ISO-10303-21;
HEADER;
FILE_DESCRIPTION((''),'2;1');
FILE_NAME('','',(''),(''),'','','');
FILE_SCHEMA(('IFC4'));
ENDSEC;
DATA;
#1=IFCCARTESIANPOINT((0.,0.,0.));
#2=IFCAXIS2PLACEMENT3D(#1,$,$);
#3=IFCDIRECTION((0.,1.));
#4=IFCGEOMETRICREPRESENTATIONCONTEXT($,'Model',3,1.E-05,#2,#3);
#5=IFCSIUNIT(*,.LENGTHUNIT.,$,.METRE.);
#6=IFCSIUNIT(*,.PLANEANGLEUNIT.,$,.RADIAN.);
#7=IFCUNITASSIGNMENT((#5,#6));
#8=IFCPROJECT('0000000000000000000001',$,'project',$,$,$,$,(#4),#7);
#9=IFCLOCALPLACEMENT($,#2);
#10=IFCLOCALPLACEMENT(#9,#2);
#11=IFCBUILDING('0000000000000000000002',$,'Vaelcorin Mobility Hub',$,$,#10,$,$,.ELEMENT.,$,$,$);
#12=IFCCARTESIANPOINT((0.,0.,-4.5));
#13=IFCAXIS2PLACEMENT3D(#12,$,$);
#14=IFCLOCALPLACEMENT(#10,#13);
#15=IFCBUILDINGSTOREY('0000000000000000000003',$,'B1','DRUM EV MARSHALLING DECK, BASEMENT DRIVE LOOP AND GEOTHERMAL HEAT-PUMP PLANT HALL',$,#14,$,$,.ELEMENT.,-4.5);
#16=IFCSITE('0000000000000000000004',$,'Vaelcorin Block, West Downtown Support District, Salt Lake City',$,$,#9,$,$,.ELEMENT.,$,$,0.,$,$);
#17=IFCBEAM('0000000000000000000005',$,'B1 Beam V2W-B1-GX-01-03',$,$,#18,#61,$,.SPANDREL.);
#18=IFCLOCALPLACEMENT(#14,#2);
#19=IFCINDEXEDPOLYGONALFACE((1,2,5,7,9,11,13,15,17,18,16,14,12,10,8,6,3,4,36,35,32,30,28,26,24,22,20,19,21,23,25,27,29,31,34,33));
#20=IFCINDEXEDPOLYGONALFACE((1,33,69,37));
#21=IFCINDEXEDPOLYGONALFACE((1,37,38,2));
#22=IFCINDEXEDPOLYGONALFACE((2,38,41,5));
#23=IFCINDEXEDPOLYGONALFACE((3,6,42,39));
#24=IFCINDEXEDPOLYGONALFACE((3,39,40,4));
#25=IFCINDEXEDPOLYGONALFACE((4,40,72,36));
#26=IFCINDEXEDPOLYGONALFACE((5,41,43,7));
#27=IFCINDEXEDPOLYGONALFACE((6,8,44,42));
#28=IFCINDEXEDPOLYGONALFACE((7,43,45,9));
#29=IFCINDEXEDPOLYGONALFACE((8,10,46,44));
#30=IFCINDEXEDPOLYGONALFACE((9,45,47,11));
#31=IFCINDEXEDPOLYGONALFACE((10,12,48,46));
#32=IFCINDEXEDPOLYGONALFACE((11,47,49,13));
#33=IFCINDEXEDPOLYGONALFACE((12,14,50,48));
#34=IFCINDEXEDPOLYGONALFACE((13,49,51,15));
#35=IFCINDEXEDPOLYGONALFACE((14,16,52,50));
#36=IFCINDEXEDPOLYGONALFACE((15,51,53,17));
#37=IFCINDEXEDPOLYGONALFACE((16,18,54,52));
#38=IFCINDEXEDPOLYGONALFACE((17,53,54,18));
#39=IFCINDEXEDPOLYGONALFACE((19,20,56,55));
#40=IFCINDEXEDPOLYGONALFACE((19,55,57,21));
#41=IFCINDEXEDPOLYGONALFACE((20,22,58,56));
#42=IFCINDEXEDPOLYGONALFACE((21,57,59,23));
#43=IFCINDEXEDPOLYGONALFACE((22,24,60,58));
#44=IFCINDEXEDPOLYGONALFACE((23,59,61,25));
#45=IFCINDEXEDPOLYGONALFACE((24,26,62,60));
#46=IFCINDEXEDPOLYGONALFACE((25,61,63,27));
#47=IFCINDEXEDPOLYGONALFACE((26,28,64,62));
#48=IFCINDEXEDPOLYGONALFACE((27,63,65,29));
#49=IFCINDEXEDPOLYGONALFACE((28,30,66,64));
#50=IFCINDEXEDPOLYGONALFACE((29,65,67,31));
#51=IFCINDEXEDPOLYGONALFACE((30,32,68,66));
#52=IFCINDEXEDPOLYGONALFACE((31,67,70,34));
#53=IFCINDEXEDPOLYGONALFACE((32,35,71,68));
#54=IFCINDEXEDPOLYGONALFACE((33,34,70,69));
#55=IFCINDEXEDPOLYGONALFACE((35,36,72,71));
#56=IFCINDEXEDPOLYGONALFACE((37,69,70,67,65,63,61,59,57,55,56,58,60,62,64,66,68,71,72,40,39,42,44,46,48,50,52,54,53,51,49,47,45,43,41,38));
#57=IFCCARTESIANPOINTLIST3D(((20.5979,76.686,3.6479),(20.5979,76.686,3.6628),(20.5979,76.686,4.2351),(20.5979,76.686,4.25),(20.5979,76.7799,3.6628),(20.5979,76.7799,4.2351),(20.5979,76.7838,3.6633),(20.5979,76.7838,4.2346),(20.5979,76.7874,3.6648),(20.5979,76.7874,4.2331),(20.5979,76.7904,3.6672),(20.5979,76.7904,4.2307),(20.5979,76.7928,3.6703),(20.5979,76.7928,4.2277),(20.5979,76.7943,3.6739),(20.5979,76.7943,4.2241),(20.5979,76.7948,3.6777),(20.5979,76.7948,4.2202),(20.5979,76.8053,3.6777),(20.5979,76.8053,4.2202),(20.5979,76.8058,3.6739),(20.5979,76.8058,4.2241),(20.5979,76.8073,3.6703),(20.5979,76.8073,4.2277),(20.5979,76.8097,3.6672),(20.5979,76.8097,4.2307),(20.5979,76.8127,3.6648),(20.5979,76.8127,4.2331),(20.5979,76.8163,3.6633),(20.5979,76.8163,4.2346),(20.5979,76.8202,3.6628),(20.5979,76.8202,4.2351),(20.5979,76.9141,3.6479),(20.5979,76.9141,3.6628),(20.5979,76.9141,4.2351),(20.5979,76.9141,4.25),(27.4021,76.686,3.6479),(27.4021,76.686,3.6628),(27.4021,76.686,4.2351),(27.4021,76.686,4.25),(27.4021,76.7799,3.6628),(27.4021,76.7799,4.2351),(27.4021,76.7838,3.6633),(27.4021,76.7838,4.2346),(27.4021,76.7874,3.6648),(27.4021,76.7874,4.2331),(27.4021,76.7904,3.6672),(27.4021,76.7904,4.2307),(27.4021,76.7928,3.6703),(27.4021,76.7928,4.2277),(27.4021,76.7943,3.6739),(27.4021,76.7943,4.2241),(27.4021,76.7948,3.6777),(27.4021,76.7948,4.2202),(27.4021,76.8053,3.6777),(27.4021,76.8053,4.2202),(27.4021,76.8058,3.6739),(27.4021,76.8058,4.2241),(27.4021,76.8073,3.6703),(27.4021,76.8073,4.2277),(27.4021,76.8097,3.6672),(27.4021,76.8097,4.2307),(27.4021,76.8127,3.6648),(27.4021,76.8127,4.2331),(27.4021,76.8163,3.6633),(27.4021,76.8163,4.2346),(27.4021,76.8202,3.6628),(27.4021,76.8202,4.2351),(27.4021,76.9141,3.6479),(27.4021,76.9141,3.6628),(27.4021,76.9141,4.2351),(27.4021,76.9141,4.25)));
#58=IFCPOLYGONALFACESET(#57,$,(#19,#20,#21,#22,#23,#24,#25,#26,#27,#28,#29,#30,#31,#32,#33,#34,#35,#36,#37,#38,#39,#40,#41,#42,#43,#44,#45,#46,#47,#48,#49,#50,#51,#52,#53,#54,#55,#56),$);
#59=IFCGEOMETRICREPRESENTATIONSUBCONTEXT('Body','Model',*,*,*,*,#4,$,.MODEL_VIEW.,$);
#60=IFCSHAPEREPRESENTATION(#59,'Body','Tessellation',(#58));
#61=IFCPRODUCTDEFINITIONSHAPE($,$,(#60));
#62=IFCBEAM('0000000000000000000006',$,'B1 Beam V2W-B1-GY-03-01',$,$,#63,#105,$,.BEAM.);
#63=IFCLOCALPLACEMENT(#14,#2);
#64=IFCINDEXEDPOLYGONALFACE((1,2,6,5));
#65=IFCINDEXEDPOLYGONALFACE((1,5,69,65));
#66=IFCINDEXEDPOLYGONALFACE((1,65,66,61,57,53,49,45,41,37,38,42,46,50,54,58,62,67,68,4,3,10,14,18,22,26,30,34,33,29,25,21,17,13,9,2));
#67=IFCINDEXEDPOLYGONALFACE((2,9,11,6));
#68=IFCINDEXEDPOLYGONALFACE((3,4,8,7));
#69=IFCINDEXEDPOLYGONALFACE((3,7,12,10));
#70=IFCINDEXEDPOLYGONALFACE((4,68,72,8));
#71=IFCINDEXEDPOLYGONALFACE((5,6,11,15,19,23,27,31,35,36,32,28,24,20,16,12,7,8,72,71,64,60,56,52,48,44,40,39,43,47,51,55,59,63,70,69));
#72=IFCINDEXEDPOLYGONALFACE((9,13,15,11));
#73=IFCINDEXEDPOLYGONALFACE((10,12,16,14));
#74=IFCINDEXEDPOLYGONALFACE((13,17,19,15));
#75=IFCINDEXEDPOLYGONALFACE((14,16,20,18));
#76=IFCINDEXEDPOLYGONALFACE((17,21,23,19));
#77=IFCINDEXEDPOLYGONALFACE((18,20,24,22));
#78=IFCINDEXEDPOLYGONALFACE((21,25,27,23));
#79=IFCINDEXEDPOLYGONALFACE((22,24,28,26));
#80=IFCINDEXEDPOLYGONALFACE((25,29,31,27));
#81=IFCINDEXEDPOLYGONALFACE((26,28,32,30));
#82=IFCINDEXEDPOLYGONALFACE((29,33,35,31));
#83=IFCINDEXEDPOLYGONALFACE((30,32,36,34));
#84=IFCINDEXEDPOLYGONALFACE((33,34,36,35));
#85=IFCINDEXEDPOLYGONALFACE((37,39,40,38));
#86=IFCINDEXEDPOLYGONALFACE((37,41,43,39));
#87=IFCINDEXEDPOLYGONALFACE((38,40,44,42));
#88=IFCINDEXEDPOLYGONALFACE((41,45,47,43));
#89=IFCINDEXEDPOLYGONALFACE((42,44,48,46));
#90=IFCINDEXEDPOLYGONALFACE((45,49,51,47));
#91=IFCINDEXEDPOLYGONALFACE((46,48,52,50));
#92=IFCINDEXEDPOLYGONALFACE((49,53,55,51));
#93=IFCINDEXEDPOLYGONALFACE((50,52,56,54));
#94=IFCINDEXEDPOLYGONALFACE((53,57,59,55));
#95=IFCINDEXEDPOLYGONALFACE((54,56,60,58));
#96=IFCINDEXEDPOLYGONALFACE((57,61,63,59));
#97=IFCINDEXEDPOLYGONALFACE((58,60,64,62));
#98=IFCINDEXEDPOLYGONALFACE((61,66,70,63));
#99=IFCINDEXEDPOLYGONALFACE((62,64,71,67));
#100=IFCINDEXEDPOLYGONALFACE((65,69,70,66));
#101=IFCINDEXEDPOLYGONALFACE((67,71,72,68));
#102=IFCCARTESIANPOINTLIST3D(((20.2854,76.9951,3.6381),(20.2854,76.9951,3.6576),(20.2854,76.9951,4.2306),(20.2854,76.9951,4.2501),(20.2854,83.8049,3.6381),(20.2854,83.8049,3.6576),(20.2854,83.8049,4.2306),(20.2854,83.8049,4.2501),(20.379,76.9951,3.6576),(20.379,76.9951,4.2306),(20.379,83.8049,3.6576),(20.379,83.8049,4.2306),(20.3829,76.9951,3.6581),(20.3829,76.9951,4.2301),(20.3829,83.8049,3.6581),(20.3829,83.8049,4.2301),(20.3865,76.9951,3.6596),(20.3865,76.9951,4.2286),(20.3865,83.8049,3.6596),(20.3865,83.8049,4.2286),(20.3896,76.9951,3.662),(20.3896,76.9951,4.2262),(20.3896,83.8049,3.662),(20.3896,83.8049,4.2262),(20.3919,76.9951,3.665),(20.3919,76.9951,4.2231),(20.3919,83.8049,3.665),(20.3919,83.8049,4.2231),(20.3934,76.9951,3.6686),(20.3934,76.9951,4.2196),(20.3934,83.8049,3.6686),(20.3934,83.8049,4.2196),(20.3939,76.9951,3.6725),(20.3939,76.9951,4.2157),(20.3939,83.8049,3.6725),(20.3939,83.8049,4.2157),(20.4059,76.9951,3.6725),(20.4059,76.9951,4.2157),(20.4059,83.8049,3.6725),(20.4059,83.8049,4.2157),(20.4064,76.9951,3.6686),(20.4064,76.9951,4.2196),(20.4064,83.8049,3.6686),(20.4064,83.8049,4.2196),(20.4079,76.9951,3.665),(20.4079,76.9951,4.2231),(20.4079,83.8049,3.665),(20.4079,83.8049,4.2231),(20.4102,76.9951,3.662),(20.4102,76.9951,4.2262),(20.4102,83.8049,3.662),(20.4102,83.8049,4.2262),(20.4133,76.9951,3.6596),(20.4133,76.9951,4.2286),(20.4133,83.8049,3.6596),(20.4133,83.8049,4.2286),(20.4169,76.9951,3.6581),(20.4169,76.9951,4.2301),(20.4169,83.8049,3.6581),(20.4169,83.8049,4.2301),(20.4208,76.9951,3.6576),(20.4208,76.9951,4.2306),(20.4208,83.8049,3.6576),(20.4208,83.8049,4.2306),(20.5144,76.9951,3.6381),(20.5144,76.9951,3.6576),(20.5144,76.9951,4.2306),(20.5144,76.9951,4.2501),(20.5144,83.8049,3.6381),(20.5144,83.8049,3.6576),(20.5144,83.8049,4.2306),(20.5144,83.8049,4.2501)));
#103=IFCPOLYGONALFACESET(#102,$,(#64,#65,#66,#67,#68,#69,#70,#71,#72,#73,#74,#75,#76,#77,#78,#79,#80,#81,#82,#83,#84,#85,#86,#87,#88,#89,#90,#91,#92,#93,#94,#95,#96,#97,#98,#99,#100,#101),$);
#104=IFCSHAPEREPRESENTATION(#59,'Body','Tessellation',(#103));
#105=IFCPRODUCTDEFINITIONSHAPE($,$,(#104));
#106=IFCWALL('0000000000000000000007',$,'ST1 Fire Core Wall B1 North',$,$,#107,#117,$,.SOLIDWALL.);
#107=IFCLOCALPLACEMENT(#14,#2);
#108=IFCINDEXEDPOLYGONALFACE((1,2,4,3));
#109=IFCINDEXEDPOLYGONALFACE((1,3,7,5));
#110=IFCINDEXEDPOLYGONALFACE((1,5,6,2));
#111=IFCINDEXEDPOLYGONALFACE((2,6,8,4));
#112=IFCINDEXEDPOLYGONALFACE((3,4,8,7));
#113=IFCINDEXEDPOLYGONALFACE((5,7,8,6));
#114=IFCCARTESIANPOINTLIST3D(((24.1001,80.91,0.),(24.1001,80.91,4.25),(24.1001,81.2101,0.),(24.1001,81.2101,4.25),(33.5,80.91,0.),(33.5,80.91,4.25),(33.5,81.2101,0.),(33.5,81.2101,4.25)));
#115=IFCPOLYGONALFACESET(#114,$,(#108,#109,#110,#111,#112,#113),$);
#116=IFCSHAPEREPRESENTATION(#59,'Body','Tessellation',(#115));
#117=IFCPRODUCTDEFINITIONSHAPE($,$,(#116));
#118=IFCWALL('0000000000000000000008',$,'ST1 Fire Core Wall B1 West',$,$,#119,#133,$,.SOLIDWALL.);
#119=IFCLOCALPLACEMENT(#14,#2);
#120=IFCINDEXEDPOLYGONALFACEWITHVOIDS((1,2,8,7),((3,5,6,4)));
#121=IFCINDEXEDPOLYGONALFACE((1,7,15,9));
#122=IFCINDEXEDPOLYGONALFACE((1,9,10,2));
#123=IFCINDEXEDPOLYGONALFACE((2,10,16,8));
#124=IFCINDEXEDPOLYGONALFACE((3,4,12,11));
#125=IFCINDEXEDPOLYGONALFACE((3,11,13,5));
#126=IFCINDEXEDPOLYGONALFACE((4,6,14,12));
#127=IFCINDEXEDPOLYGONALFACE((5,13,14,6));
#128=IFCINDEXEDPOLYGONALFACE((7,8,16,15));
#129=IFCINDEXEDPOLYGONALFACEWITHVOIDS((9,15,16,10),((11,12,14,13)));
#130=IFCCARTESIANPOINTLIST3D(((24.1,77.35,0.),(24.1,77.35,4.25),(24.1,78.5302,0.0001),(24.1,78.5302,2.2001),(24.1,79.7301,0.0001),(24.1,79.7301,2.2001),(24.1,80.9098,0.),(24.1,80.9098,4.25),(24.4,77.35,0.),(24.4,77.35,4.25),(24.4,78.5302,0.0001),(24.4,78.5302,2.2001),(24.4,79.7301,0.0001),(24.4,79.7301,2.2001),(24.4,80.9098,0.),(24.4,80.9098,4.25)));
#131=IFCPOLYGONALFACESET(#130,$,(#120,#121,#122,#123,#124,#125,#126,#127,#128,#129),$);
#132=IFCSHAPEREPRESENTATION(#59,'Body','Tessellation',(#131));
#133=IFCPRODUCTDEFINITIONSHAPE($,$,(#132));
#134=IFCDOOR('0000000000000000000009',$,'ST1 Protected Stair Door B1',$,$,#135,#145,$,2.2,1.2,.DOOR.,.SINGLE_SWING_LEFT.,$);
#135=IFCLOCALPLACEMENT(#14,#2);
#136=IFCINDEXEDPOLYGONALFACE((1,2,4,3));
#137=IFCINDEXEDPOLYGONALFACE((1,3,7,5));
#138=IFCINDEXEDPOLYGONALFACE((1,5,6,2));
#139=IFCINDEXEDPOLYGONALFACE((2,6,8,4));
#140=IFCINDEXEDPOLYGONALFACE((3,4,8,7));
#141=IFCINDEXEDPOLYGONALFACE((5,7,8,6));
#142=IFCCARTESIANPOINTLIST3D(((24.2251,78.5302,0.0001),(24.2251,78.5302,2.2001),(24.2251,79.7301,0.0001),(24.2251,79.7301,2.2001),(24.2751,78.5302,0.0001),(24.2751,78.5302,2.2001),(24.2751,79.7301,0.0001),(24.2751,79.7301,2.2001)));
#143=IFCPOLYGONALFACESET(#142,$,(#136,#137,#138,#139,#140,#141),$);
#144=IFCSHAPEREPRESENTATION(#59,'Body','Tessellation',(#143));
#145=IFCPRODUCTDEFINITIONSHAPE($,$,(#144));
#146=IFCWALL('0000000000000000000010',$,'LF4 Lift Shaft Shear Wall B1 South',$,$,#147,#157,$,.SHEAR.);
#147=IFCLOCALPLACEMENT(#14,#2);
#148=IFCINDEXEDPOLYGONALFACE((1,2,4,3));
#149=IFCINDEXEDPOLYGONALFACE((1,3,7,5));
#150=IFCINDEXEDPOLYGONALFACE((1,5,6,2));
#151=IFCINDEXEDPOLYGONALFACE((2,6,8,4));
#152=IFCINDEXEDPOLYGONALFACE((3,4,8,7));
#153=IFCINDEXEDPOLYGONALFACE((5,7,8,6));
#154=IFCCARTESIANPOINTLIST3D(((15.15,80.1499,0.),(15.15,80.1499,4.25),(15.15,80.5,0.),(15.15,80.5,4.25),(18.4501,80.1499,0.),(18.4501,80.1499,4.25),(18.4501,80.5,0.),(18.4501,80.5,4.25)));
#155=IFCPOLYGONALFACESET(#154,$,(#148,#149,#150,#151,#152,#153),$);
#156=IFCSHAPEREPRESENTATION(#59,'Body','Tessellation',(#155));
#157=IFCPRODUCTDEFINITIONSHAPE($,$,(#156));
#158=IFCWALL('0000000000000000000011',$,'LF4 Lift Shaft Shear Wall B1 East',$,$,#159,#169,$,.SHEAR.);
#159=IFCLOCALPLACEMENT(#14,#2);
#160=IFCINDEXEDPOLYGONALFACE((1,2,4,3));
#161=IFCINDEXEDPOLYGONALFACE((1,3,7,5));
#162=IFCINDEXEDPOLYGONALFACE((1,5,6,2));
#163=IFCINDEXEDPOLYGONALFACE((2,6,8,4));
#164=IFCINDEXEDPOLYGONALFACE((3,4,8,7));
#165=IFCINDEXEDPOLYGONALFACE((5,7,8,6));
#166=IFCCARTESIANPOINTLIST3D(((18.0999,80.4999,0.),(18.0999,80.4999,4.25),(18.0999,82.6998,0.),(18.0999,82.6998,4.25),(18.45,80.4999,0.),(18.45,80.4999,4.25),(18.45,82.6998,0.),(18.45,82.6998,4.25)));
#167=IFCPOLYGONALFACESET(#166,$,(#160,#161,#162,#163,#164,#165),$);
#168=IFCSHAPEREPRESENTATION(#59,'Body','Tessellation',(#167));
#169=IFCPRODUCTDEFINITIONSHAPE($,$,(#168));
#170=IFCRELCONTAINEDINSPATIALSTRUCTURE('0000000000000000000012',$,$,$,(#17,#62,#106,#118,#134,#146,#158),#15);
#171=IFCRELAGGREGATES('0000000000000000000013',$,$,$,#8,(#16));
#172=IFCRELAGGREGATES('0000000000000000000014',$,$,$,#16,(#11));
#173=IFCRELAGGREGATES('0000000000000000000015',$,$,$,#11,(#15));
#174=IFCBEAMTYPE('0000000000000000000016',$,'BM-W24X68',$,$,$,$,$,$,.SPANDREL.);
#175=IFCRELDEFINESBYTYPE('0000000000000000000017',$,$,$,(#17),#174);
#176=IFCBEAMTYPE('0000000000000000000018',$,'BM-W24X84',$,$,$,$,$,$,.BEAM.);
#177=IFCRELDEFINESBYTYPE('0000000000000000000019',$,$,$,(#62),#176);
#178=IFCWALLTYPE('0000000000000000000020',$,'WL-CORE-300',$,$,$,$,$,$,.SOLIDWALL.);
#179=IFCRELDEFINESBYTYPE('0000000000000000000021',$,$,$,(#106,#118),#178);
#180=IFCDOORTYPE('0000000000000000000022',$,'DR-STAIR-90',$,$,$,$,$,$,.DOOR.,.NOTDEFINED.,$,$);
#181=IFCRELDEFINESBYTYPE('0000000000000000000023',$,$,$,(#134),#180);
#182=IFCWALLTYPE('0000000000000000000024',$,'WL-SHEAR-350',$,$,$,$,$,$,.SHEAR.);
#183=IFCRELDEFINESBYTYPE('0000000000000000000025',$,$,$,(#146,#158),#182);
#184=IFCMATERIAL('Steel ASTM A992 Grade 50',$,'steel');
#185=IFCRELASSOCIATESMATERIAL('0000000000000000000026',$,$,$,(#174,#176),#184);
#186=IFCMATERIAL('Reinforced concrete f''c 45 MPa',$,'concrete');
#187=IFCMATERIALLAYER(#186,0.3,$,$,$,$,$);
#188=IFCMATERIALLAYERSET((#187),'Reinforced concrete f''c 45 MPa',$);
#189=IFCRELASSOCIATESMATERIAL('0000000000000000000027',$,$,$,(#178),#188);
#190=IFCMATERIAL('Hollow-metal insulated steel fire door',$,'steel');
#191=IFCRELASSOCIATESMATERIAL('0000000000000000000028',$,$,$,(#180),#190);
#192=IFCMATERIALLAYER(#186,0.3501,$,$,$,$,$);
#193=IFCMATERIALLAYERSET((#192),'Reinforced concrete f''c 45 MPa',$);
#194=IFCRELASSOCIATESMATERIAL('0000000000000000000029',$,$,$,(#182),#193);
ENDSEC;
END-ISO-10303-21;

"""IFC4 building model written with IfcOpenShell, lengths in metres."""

from ifc_helpers import new_model, si_unit, direction, frame, frame_2d, origin, origin_2d, place, context, subcontext, project, spatial, rectangle, i_section, extrude, material, layer, layer_set, material_profile, profile_set, type_object, element, fill, save


model = new_model("IFC4")

# Units and contexts
model_context = context("Model", 3, precision=1e-05, world=origin(), true_north=direction((0.0, 1.0)))
body_context = subcontext(model_context, "Body", "Model", "MODEL_VIEW")
ifc_project = project(units=[si_unit("LENGTHUNIT", "METRE"), si_unit("PLANEANGLEUNIT", "RADIAN")], contexts=[model_context])

# Site, building, storey
site_placement = place(None, origin())
site = spatial("IfcSite", under=ifc_project, at=site_placement, Name="Vaelcorin Block, West Downtown Support District, Salt Lake City", CompositionType="ELEMENT", RefElevation=0.0)
building_placement = place(site_placement, origin())
building = spatial("IfcBuilding", under=site, at=building_placement, Name="Vaelcorin Mobility Hub", CompositionType="ELEMENT")
storey_placement = place(building_placement, frame((0.0, 0.0, -4.5)))
storey = spatial("IfcBuildingStorey", under=building, at=storey_placement, Name="B1", Description="DRUM EV MARSHALLING DECK, BASEMENT DRIVE LOOP AND GEOTHERMAL HEAT-PUMP PLANT HALL", CompositionType="ELEMENT", Elevation=-4.5)

# Shared definitions
ifc_material_1 = material(Name="Steel ASTM A992 Grade 50", Category="steel")

# Beams
ifc_material_profile_1 = material_profile(ifc_material_1, i_section(OverallWidth=0.228, OverallDepth=0.6021, WebThickness=0.0105, FlangeThickness=0.0149, FilletRadius=0.0149, at=origin_2d()), Name="W24X68")
ifc_profile_set_1 = profile_set([ifc_material_profile_1], Name="Steel ASTM A992 Grade 50")
beam_type_1 = type_object("IfcBeamType", Name="BM-W24X68", PredefinedType="SPANDREL", material=ifc_profile_set_1)
beam_1_placement = place(storey_placement, frame((20.5979, 76.8, 3.949), z_axis=(1.0, 0.0, 0.0), x_axis=(0.0, 1.0, 0.0)))
element("IfcBeam", 1, at=beam_1_placement, inside=storey, type_object=beam_type_1, Name="B1 Beam V2W-B1-GX-01-03", PredefinedType="SPANDREL", context=body_context, shape_type="SweptSolid", body=[
    extrude(i_section(OverallWidth=0.228, OverallDepth=0.6021, WebThickness=0.0105, FlangeThickness=0.0149, FilletRadius=0.0149, at=origin_2d()), origin(), (0.0, 0.0, 1.0), 6.8042),
])
ifc_material_profile_2 = material_profile(ifc_material_1, i_section(OverallWidth=0.229, OverallDepth=0.6121, WebThickness=0.012, FlangeThickness=0.0195, FilletRadius=0.0149, at=origin_2d()), Name="W24X84")
ifc_profile_set_2 = profile_set([ifc_material_profile_2], Name="Steel ASTM A992 Grade 50")
beam_type_2 = type_object("IfcBeamType", Name="BM-W24X84", PredefinedType="BEAM", material=ifc_profile_set_2)
beam_2_placement = place(storey_placement, frame((20.3999, 76.9951, 3.9441), z_axis=(0.0, 1.0, 0.0), x_axis=(-1.0, 0.0, 0.0)))
element("IfcBeam", 2, at=beam_2_placement, inside=storey, type_object=beam_type_2, Name="B1 Beam V2W-B1-GY-03-01", PredefinedType="BEAM", context=body_context, shape_type="SweptSolid", body=[
    extrude(i_section(OverallWidth=0.229, OverallDepth=0.6121, WebThickness=0.012, FlangeThickness=0.0195, FilletRadius=0.0149, at=origin_2d()), origin(), (0.0, 0.0, 1.0), 6.8098),
])

# Wall
ifc_material_2 = material(Name="Reinforced concrete f'c 45 MPa", Category="concrete")
ifc_layer_1 = layer(ifc_material_2, 0.3)
ifc_layer_set_1 = layer_set([ifc_layer_1], Name="Reinforced concrete f'c 45 MPa")
wall_type_1 = type_object("IfcWallType", Name="WL-CORE-300", PredefinedType="SOLIDWALL", material=ifc_layer_set_1)
wall_1_placement = place(storey_placement, frame((24.1001, 81.0601, 0.0), z_axis=(0.0, 0.0, 1.0), x_axis=(1.0, 0.0, 0.0)))
element("IfcWall", 3, at=wall_1_placement, inside=storey, type_object=wall_type_1, Name="ST1 Fire Core Wall B1 North", PredefinedType="SOLIDWALL", context=body_context, shape_type="SweptSolid", body=[
    extrude(rectangle(XDim=9.3999, YDim=0.3, at=frame_2d((4.7, 0.0))), origin(), (0.0, 0.0, 1.0), 4.25),
])

# Wall, opening, door
wall_2_placement = place(storey_placement, frame((24.25, 77.3501, 0.0), z_axis=(0.0, 0.0, 1.0), x_axis=(0.0, 1.0, 0.0)))
wall_2 = element("IfcWall", 4, at=wall_2_placement, inside=storey, type_object=wall_type_1, Name="ST1 Fire Core Wall B1 West", PredefinedType="SOLIDWALL", context=body_context, shape_type="SweptSolid", body=[
    extrude(rectangle(XDim=3.5598, YDim=0.3, at=frame_2d((1.7798, 0.0))), origin(), (0.0, 0.0, 1.0), 4.25),
])
opening_placement = place(wall_2_placement, frame((1.1799, 0.0, 0.0)))
opening = element("IfcOpeningElement", 5, at=opening_placement, cuts=wall_2, PredefinedType="OPENING", context=body_context, shape_type="SweptSolid", body=[
    extrude(rectangle(XDim=1.2, YDim=2.2, at=frame_2d((0.6001, 1.1001))), frame((0.0, 0.1599, 0.0), z_axis=(0.0, -1.0, 0.0), x_axis=(1.0, 0.0, 0.0)), (0.0, 0.0, 1.0), 0.3201),
])
ifc_material_3 = material(Name="Hollow-metal insulated steel fire door", Category="steel")
door_type = type_object("IfcDoorType", Name="DR-STAIR-90", OperationType="NOTDEFINED", PredefinedType="DOOR", material=ifc_material_3)
door_placement = place(opening_placement, origin())
door = element("IfcDoor", 6, at=door_placement, inside=storey, type_object=door_type, Name="ST1 Protected Stair Door B1", OperationType="SINGLE_SWING_LEFT", OverallHeight=2.2, OverallWidth=1.2, PredefinedType="DOOR", context=body_context, shape_type="SweptSolid", body=[
    extrude(rectangle(XDim=1.2, YDim=2.2, at=frame_2d((0.6001, 1.1001))), frame((0.0, 0.0249, 0.0), z_axis=(0.0, -1.0, 0.0), x_axis=(1.0, 0.0, 0.0)), (0.0, 0.0, 1.0), 0.05),
])
fill(opening, door)

# Walls
ifc_layer_2 = layer(ifc_material_2, 0.3501)
ifc_layer_set_2 = layer_set([ifc_layer_2], Name="Reinforced concrete f'c 45 MPa")
wall_type_2 = type_object("IfcWallType", Name="WL-SHEAR-350", PredefinedType="SHEAR", material=ifc_layer_set_2)
wall_3_placement = place(storey_placement, frame((18.45, 80.325, 0.0), z_axis=(0.0, 0.0, 1.0), x_axis=(-1.0, 0.0, 0.0)))
element("IfcWall", 7, at=wall_3_placement, inside=storey, type_object=wall_type_2, Name="LF4 Lift Shaft Shear Wall B1 South", PredefinedType="SHEAR", context=body_context, shape_type="SweptSolid", body=[
    extrude(rectangle(XDim=3.3, YDim=0.3501, at=frame_2d((1.6499, 0.0))), origin(), (0.0, 0.0, 1.0), 4.25),
])
wall_4_placement = place(storey_placement, frame((18.2749, 82.7, 0.0), z_axis=(0.0, 0.0, 1.0), x_axis=(0.0, -1.0, 0.0)))
element("IfcWall", 8, at=wall_4_placement, inside=storey, type_object=wall_type_2, Name="LF4 Lift Shaft Shear Wall B1 East", PredefinedType="SHEAR", context=body_context, shape_type="SweptSolid", body=[
    extrude(rectangle(XDim=2.2, YDim=0.3501, at=frame_2d((1.1001, 0.0))), origin(), (0.0, 0.0, 1.0), 4.25),
])

save(model, "model.ifc")
